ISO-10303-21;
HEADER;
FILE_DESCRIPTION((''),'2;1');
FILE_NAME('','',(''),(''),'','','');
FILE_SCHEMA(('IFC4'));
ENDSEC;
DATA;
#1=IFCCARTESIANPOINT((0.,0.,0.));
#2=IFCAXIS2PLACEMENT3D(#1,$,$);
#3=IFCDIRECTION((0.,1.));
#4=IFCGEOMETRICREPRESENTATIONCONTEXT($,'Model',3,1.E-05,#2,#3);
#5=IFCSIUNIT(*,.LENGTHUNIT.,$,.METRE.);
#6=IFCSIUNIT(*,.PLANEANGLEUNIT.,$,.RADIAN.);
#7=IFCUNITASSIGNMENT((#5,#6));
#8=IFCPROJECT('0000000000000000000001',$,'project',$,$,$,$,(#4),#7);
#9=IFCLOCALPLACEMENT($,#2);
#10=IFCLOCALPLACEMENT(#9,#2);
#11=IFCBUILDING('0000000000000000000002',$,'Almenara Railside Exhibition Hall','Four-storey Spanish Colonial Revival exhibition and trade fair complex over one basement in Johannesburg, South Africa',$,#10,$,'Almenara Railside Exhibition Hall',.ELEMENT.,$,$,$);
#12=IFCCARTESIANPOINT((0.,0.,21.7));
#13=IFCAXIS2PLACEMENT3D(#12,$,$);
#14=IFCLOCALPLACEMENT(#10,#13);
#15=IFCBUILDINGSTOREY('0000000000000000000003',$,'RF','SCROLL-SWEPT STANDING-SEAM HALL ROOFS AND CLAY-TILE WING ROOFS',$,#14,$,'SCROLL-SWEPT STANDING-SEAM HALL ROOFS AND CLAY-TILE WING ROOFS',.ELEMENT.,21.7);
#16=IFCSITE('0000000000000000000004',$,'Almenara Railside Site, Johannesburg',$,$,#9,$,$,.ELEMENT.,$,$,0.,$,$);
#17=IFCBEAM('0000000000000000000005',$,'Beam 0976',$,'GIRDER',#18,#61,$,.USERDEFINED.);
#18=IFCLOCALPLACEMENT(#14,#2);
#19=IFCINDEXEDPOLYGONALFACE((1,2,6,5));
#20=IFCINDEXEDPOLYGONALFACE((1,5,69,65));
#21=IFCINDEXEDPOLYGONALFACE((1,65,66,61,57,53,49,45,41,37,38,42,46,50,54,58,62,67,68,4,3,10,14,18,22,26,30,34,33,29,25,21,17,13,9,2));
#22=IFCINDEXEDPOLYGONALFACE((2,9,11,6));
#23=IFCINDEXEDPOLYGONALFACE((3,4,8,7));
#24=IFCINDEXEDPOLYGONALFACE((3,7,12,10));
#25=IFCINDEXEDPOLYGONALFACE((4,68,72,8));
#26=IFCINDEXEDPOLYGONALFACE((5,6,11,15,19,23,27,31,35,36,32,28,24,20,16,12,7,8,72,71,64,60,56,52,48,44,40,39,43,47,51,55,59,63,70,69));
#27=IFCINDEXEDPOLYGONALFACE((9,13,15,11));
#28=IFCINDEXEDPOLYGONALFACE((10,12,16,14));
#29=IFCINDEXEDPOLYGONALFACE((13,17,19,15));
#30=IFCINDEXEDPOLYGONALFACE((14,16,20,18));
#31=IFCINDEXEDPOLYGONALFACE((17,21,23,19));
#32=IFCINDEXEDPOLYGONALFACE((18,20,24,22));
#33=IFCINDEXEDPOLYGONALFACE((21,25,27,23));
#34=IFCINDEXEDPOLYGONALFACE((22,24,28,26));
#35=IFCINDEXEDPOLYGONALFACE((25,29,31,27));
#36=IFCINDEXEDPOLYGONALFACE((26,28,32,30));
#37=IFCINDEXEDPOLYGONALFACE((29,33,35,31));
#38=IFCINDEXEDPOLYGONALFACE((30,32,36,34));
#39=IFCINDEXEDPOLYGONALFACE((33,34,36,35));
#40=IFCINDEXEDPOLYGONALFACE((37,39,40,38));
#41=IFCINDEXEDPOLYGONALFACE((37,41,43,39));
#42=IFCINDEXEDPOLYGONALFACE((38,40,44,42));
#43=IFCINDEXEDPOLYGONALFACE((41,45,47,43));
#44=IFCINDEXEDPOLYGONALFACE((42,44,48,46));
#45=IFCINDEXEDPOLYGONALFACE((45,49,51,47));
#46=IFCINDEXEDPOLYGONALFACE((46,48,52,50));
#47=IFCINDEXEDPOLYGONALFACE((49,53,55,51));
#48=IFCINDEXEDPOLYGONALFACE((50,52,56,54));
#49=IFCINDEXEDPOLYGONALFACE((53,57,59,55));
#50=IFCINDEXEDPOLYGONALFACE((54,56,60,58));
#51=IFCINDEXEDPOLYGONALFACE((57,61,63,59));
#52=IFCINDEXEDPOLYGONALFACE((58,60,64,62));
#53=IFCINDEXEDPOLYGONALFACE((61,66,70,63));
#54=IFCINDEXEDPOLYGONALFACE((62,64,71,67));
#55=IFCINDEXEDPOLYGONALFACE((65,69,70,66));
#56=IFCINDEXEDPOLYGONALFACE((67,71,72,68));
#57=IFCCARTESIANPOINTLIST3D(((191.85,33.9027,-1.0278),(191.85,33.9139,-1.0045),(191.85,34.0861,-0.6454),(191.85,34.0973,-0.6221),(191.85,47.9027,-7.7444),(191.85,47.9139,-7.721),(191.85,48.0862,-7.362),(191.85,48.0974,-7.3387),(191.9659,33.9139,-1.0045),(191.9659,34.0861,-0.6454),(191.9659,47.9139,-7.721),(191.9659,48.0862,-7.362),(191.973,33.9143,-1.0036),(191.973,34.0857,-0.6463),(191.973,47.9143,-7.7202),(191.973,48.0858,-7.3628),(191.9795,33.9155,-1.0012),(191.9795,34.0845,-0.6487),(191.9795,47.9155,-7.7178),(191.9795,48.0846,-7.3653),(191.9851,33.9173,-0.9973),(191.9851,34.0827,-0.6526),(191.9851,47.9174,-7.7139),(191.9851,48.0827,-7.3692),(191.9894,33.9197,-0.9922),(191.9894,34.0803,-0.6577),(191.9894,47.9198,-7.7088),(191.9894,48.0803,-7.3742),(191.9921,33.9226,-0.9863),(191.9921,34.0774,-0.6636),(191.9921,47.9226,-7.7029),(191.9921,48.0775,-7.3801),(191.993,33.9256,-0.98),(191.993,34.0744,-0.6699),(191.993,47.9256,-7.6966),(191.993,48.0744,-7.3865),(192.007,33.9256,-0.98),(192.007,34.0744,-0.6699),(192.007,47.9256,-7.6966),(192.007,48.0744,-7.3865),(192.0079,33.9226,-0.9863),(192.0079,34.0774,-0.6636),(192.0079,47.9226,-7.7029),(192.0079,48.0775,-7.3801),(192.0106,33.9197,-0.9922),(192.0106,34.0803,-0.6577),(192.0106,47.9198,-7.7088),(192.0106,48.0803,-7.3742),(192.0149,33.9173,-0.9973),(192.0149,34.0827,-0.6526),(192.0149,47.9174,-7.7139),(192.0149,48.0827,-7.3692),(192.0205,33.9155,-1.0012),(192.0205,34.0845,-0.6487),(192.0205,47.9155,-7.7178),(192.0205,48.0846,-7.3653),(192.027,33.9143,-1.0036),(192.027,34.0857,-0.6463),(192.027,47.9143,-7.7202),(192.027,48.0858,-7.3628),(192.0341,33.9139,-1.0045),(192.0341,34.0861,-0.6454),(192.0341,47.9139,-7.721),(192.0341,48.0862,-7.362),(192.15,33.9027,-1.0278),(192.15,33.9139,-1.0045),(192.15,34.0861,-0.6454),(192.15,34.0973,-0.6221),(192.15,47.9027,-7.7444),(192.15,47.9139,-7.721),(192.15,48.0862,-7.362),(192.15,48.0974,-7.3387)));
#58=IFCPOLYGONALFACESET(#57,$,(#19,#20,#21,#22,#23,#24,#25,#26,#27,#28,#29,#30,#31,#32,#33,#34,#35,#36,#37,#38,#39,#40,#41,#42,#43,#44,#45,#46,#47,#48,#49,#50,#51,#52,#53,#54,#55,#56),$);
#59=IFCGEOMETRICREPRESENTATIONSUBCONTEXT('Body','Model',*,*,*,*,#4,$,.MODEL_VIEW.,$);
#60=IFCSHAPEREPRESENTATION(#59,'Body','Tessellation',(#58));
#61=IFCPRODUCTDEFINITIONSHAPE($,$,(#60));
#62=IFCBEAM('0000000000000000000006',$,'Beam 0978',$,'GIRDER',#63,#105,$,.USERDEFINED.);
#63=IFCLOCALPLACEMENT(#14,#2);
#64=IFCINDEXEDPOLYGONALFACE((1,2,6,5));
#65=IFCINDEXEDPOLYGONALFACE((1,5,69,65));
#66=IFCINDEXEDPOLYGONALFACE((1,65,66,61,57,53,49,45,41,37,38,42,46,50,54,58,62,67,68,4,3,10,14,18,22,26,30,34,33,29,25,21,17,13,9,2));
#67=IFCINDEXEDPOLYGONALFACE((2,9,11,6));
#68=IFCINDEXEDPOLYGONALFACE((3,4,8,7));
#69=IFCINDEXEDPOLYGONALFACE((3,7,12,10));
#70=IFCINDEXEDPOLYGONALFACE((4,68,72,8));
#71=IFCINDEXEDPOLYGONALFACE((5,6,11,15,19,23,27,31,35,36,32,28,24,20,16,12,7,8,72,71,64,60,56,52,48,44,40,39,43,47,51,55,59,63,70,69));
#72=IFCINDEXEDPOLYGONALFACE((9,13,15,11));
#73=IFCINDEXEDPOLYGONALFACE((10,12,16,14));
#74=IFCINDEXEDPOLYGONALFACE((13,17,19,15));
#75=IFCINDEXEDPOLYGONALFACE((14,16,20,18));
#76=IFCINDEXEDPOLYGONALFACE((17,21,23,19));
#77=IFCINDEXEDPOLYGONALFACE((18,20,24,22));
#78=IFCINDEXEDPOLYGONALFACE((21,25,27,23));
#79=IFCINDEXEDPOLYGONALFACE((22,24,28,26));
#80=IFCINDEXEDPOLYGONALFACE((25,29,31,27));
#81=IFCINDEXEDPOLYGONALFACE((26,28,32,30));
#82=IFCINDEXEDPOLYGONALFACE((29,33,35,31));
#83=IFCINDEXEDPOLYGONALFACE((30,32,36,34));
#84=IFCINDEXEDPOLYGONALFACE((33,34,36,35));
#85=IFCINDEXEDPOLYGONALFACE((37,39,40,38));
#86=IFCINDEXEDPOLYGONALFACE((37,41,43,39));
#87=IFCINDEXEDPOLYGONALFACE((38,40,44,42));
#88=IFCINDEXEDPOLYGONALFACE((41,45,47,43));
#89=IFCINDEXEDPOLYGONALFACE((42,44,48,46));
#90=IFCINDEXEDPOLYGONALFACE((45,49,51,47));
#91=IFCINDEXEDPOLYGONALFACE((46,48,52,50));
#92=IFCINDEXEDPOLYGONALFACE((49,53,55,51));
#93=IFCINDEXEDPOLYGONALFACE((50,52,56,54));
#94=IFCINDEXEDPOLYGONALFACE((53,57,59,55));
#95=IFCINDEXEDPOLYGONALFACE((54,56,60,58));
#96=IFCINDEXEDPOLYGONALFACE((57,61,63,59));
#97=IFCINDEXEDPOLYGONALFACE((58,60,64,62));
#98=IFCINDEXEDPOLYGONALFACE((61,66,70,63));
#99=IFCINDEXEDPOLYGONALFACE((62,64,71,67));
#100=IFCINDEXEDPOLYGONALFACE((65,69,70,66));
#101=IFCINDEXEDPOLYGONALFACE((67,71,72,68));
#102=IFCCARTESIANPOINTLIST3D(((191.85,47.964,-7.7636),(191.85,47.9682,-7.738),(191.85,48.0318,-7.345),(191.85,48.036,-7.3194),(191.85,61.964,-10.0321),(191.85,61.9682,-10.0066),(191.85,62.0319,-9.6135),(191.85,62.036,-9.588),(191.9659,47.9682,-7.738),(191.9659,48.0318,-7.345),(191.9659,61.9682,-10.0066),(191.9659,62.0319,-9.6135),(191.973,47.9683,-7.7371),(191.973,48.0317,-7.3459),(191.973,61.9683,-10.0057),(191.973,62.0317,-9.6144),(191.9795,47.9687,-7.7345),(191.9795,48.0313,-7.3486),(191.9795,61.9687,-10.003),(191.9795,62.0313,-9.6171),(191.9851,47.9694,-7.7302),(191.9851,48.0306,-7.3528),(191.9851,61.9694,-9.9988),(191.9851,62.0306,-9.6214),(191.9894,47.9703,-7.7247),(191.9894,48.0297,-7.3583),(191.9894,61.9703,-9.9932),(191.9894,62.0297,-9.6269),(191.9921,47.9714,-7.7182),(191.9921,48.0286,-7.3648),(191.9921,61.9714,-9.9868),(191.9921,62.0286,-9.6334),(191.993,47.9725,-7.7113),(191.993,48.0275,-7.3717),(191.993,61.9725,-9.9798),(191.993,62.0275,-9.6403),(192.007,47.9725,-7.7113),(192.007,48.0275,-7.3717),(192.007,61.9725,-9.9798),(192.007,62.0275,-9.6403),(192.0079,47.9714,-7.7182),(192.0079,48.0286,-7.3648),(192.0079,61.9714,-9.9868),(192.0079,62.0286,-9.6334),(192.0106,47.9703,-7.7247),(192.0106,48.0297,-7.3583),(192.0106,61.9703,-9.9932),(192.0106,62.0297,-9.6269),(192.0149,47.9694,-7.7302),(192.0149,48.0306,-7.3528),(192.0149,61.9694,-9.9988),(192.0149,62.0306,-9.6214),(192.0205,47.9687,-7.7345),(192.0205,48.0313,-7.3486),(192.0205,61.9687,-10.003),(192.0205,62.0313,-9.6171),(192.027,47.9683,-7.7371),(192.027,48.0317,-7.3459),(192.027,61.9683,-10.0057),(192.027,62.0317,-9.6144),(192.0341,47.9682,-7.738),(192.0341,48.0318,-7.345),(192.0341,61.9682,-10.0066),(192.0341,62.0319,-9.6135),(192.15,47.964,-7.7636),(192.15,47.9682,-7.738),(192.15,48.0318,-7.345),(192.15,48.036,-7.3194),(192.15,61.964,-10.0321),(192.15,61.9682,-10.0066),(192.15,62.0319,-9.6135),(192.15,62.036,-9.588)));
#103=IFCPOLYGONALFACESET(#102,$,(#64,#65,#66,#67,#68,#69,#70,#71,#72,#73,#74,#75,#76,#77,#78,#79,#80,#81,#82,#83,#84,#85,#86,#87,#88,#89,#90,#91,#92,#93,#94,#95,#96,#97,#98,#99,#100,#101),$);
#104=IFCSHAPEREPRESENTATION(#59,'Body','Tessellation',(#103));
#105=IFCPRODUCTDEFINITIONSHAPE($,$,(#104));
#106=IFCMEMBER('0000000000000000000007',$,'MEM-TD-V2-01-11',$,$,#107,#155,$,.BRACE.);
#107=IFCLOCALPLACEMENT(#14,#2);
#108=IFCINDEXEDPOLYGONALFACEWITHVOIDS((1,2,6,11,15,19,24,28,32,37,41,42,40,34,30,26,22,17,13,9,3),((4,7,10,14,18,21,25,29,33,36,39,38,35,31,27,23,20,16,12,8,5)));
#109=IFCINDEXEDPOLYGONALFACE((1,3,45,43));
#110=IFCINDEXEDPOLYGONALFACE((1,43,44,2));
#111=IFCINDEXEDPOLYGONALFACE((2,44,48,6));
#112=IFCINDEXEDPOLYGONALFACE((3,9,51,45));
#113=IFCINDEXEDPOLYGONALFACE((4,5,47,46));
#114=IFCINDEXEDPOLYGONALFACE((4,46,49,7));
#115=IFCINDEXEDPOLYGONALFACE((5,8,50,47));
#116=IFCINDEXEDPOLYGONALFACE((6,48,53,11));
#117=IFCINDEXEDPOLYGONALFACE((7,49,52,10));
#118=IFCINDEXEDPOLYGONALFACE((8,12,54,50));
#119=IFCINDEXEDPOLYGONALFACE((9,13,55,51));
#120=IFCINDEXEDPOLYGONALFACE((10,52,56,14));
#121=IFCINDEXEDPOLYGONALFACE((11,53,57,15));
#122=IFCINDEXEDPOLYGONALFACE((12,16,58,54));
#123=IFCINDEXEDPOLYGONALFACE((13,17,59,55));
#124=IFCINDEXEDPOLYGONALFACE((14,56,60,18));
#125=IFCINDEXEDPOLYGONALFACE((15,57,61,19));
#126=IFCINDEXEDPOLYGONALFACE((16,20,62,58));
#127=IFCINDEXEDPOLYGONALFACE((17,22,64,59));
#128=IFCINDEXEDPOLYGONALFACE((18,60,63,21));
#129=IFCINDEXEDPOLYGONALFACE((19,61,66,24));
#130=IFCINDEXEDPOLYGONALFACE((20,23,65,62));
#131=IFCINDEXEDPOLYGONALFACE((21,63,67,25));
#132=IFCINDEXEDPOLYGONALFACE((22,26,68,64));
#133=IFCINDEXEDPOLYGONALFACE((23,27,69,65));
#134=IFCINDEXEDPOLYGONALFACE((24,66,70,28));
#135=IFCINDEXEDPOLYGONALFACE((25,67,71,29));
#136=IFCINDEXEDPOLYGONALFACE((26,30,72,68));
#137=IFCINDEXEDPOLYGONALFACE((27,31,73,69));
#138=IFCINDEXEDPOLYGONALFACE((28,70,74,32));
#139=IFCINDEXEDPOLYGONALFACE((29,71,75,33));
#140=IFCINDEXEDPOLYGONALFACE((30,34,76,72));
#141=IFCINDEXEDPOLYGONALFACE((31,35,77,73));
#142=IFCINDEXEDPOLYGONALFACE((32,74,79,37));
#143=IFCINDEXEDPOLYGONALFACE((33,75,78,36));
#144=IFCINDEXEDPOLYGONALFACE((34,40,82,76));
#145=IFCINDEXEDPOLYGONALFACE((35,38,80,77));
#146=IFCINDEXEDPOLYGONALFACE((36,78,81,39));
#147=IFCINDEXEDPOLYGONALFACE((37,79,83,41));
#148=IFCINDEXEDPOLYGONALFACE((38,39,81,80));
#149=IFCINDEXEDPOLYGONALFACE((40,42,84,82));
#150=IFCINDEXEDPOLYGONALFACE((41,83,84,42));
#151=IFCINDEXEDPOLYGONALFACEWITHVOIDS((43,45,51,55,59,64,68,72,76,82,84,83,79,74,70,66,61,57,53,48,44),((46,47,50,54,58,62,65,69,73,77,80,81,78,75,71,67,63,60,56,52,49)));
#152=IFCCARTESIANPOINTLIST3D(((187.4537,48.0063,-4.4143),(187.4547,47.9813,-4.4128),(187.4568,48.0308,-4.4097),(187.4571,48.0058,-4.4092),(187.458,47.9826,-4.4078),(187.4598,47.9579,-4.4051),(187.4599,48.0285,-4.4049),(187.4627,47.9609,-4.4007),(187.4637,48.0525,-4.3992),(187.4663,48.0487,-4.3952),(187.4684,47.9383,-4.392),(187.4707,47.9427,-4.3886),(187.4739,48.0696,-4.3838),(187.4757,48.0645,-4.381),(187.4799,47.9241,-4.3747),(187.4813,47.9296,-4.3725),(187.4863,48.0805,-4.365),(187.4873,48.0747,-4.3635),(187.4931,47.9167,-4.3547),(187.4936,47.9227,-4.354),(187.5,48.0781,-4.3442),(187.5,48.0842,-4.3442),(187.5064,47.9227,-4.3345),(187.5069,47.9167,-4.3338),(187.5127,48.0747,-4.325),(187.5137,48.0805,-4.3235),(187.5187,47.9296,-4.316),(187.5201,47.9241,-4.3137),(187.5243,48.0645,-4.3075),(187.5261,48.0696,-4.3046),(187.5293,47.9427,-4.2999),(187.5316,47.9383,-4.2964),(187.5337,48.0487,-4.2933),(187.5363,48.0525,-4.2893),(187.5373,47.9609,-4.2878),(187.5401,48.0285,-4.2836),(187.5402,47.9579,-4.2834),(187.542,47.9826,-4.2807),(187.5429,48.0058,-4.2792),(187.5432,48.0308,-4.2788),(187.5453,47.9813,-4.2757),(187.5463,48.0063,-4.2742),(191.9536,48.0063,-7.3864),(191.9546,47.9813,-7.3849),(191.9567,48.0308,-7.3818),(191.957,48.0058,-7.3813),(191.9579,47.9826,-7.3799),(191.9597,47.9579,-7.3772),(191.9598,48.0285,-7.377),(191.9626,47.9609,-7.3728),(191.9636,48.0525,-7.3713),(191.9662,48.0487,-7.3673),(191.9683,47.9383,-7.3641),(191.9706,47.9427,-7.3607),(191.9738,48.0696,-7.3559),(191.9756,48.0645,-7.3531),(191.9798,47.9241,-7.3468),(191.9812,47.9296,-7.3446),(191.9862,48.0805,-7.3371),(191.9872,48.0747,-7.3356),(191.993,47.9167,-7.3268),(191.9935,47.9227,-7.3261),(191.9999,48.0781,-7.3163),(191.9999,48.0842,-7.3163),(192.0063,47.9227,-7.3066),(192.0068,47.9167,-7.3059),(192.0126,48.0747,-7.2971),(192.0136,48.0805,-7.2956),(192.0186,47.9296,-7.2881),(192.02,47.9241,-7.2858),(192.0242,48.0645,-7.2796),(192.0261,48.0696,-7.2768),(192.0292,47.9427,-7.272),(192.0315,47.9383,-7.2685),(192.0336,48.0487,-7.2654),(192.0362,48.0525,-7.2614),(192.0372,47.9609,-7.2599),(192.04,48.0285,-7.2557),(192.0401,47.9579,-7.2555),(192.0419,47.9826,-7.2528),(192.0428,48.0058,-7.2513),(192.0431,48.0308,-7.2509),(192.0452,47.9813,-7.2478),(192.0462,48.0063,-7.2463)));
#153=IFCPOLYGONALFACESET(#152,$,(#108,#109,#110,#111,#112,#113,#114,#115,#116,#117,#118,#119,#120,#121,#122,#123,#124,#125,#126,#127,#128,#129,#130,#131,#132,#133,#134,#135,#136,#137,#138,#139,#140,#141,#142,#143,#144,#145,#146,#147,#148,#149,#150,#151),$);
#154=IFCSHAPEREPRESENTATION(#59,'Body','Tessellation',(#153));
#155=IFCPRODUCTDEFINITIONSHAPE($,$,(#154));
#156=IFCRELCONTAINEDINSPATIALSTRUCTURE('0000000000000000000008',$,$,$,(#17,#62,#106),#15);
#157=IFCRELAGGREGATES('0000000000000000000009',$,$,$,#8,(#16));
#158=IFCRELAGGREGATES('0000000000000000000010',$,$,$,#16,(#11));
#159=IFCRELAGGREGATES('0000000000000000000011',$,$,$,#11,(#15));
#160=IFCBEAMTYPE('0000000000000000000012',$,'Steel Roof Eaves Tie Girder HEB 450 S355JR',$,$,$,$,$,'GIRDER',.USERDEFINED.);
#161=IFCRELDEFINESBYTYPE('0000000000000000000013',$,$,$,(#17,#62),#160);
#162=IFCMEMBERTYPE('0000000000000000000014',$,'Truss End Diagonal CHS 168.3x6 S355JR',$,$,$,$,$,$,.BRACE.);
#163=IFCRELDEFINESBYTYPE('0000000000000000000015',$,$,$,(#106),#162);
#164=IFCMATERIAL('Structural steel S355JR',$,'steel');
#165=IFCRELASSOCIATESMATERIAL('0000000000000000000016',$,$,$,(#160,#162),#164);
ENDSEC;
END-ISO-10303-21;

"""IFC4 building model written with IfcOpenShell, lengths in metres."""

from ifc_helpers import new_model, si_unit, direction, frame, origin, origin_2d, place, context, subcontext, project, spatial, hollow_circle, i_section, extrude, material, material_profile, profile_set, type_object, element, save


model = new_model("IFC4")

# Units and contexts
model_context = context("Model", 3, precision=1e-05, world=origin(), true_north=direction((0.0, 1.0)))
body_context = subcontext(model_context, "Body", "Model", "MODEL_VIEW")
ifc_project = project(units=[si_unit("LENGTHUNIT", "METRE"), si_unit("PLANEANGLEUNIT", "RADIAN")], contexts=[model_context])

# Site, building, storey
site_placement = place(None, origin())
site = spatial("IfcSite", under=ifc_project, at=site_placement, Name="Almenara Railside Site, Johannesburg", CompositionType="ELEMENT", RefElevation=0.0)
building_placement = place(site_placement, origin())
building = spatial("IfcBuilding", under=site, at=building_placement, Name="Almenara Railside Exhibition Hall", Description="Four-storey Spanish Colonial Revival exhibition and trade fair complex over one basement in Johannesburg, South Africa", LongName="Almenara Railside Exhibition Hall", CompositionType="ELEMENT")
storey_placement = place(building_placement, frame((0.0, 0.0, 21.7)))
storey = spatial("IfcBuildingStorey", under=building, at=storey_placement, Name="RF", Description="SCROLL-SWEPT STANDING-SEAM HALL ROOFS AND CLAY-TILE WING ROOFS", LongName="SCROLL-SWEPT STANDING-SEAM HALL ROOFS AND CLAY-TILE WING ROOFS", CompositionType="ELEMENT", Elevation=21.7)

# Shared definitions
ifc_material_1 = material(Name="Structural steel S355JR", Category="steel")

# Beams
ifc_material_profile_1 = material_profile(ifc_material_1, i_section(OverallWidth=0.3, OverallDepth=0.45, WebThickness=0.0139, FlangeThickness=0.0259, FilletRadius=0.0271, at=origin_2d()), Name="HEB 450")
ifc_profile_set_1 = profile_set([ifc_material_profile_1], Name="Structural steel S355JR")
beam_type = type_object("IfcBeamType", Name="Steel Roof Eaves Tie Girder HEB 450 S355JR", ElementType="GIRDER", PredefinedType="USERDEFINED", material=ifc_profile_set_1)
beam_1_placement = place(storey_placement, frame((192.0, 34.0, -0.825), z_axis=(0.0, 0.90161, -0.432551), x_axis=(-1.0, 0.0, 0.0)))
element("IfcBeam", 1, at=beam_1_placement, inside=storey, type_object=beam_type, Name="Beam 0976", ObjectType="GIRDER", PredefinedType="USERDEFINED", context=body_context, shape_type="SweptSolid", body=[
    extrude(i_section(OverallWidth=0.3, OverallDepth=0.45, WebThickness=0.0139, FlangeThickness=0.0259, FilletRadius=0.0271, at=origin_2d()), origin(), (0.0, 0.0, 1.0), 15.5278),
])
beam_2_placement = place(storey_placement, frame((192.0, 48.0, -7.5415), z_axis=(0.0, 0.987125, -0.159953), x_axis=(-1.0, 0.0, 0.0)))
element("IfcBeam", 2, at=beam_2_placement, inside=storey, type_object=beam_type, Name="Beam 0978", ObjectType="GIRDER", PredefinedType="USERDEFINED", context=body_context, shape_type="SweptSolid", body=[
    extrude(i_section(OverallWidth=0.3, OverallDepth=0.45, WebThickness=0.0139, FlangeThickness=0.0259, FilletRadius=0.0271, at=origin_2d()), origin(), (0.0, 0.0, 1.0), 14.1826),
])

# Member
ifc_material_profile_2 = material_profile(ifc_material_1, hollow_circle(Radius=0.0842, WallThickness=0.0061, at=origin_2d()), Name="CHS 168.3x6")
ifc_profile_set_2 = profile_set([ifc_material_profile_2], Name="Structural steel S355JR")
member_type_1 = type_object("IfcMemberType", Name="Truss End Diagonal CHS 168.3x6 S355JR", PredefinedType="BRACE", material=ifc_profile_set_2)
member_1_placement = place(storey_placement, frame((187.5, 48.0, -4.3442), z_axis=(0.834425, 0.0, -0.551122), x_axis=(0.0, 1.0, 0.0)))
element("IfcMember", 3, at=member_1_placement, inside=storey, type_object=member_type_1, Name="MEM-TD-V2-01-11", PredefinedType="BRACE", context=body_context, shape_type="SweptSolid", body=[
    extrude(hollow_circle(Radius=0.0842, WallThickness=0.0061, at=origin_2d()), origin(), (0.0, 0.0, 1.0), 5.3928),
])

save(model, "model.ifc")
